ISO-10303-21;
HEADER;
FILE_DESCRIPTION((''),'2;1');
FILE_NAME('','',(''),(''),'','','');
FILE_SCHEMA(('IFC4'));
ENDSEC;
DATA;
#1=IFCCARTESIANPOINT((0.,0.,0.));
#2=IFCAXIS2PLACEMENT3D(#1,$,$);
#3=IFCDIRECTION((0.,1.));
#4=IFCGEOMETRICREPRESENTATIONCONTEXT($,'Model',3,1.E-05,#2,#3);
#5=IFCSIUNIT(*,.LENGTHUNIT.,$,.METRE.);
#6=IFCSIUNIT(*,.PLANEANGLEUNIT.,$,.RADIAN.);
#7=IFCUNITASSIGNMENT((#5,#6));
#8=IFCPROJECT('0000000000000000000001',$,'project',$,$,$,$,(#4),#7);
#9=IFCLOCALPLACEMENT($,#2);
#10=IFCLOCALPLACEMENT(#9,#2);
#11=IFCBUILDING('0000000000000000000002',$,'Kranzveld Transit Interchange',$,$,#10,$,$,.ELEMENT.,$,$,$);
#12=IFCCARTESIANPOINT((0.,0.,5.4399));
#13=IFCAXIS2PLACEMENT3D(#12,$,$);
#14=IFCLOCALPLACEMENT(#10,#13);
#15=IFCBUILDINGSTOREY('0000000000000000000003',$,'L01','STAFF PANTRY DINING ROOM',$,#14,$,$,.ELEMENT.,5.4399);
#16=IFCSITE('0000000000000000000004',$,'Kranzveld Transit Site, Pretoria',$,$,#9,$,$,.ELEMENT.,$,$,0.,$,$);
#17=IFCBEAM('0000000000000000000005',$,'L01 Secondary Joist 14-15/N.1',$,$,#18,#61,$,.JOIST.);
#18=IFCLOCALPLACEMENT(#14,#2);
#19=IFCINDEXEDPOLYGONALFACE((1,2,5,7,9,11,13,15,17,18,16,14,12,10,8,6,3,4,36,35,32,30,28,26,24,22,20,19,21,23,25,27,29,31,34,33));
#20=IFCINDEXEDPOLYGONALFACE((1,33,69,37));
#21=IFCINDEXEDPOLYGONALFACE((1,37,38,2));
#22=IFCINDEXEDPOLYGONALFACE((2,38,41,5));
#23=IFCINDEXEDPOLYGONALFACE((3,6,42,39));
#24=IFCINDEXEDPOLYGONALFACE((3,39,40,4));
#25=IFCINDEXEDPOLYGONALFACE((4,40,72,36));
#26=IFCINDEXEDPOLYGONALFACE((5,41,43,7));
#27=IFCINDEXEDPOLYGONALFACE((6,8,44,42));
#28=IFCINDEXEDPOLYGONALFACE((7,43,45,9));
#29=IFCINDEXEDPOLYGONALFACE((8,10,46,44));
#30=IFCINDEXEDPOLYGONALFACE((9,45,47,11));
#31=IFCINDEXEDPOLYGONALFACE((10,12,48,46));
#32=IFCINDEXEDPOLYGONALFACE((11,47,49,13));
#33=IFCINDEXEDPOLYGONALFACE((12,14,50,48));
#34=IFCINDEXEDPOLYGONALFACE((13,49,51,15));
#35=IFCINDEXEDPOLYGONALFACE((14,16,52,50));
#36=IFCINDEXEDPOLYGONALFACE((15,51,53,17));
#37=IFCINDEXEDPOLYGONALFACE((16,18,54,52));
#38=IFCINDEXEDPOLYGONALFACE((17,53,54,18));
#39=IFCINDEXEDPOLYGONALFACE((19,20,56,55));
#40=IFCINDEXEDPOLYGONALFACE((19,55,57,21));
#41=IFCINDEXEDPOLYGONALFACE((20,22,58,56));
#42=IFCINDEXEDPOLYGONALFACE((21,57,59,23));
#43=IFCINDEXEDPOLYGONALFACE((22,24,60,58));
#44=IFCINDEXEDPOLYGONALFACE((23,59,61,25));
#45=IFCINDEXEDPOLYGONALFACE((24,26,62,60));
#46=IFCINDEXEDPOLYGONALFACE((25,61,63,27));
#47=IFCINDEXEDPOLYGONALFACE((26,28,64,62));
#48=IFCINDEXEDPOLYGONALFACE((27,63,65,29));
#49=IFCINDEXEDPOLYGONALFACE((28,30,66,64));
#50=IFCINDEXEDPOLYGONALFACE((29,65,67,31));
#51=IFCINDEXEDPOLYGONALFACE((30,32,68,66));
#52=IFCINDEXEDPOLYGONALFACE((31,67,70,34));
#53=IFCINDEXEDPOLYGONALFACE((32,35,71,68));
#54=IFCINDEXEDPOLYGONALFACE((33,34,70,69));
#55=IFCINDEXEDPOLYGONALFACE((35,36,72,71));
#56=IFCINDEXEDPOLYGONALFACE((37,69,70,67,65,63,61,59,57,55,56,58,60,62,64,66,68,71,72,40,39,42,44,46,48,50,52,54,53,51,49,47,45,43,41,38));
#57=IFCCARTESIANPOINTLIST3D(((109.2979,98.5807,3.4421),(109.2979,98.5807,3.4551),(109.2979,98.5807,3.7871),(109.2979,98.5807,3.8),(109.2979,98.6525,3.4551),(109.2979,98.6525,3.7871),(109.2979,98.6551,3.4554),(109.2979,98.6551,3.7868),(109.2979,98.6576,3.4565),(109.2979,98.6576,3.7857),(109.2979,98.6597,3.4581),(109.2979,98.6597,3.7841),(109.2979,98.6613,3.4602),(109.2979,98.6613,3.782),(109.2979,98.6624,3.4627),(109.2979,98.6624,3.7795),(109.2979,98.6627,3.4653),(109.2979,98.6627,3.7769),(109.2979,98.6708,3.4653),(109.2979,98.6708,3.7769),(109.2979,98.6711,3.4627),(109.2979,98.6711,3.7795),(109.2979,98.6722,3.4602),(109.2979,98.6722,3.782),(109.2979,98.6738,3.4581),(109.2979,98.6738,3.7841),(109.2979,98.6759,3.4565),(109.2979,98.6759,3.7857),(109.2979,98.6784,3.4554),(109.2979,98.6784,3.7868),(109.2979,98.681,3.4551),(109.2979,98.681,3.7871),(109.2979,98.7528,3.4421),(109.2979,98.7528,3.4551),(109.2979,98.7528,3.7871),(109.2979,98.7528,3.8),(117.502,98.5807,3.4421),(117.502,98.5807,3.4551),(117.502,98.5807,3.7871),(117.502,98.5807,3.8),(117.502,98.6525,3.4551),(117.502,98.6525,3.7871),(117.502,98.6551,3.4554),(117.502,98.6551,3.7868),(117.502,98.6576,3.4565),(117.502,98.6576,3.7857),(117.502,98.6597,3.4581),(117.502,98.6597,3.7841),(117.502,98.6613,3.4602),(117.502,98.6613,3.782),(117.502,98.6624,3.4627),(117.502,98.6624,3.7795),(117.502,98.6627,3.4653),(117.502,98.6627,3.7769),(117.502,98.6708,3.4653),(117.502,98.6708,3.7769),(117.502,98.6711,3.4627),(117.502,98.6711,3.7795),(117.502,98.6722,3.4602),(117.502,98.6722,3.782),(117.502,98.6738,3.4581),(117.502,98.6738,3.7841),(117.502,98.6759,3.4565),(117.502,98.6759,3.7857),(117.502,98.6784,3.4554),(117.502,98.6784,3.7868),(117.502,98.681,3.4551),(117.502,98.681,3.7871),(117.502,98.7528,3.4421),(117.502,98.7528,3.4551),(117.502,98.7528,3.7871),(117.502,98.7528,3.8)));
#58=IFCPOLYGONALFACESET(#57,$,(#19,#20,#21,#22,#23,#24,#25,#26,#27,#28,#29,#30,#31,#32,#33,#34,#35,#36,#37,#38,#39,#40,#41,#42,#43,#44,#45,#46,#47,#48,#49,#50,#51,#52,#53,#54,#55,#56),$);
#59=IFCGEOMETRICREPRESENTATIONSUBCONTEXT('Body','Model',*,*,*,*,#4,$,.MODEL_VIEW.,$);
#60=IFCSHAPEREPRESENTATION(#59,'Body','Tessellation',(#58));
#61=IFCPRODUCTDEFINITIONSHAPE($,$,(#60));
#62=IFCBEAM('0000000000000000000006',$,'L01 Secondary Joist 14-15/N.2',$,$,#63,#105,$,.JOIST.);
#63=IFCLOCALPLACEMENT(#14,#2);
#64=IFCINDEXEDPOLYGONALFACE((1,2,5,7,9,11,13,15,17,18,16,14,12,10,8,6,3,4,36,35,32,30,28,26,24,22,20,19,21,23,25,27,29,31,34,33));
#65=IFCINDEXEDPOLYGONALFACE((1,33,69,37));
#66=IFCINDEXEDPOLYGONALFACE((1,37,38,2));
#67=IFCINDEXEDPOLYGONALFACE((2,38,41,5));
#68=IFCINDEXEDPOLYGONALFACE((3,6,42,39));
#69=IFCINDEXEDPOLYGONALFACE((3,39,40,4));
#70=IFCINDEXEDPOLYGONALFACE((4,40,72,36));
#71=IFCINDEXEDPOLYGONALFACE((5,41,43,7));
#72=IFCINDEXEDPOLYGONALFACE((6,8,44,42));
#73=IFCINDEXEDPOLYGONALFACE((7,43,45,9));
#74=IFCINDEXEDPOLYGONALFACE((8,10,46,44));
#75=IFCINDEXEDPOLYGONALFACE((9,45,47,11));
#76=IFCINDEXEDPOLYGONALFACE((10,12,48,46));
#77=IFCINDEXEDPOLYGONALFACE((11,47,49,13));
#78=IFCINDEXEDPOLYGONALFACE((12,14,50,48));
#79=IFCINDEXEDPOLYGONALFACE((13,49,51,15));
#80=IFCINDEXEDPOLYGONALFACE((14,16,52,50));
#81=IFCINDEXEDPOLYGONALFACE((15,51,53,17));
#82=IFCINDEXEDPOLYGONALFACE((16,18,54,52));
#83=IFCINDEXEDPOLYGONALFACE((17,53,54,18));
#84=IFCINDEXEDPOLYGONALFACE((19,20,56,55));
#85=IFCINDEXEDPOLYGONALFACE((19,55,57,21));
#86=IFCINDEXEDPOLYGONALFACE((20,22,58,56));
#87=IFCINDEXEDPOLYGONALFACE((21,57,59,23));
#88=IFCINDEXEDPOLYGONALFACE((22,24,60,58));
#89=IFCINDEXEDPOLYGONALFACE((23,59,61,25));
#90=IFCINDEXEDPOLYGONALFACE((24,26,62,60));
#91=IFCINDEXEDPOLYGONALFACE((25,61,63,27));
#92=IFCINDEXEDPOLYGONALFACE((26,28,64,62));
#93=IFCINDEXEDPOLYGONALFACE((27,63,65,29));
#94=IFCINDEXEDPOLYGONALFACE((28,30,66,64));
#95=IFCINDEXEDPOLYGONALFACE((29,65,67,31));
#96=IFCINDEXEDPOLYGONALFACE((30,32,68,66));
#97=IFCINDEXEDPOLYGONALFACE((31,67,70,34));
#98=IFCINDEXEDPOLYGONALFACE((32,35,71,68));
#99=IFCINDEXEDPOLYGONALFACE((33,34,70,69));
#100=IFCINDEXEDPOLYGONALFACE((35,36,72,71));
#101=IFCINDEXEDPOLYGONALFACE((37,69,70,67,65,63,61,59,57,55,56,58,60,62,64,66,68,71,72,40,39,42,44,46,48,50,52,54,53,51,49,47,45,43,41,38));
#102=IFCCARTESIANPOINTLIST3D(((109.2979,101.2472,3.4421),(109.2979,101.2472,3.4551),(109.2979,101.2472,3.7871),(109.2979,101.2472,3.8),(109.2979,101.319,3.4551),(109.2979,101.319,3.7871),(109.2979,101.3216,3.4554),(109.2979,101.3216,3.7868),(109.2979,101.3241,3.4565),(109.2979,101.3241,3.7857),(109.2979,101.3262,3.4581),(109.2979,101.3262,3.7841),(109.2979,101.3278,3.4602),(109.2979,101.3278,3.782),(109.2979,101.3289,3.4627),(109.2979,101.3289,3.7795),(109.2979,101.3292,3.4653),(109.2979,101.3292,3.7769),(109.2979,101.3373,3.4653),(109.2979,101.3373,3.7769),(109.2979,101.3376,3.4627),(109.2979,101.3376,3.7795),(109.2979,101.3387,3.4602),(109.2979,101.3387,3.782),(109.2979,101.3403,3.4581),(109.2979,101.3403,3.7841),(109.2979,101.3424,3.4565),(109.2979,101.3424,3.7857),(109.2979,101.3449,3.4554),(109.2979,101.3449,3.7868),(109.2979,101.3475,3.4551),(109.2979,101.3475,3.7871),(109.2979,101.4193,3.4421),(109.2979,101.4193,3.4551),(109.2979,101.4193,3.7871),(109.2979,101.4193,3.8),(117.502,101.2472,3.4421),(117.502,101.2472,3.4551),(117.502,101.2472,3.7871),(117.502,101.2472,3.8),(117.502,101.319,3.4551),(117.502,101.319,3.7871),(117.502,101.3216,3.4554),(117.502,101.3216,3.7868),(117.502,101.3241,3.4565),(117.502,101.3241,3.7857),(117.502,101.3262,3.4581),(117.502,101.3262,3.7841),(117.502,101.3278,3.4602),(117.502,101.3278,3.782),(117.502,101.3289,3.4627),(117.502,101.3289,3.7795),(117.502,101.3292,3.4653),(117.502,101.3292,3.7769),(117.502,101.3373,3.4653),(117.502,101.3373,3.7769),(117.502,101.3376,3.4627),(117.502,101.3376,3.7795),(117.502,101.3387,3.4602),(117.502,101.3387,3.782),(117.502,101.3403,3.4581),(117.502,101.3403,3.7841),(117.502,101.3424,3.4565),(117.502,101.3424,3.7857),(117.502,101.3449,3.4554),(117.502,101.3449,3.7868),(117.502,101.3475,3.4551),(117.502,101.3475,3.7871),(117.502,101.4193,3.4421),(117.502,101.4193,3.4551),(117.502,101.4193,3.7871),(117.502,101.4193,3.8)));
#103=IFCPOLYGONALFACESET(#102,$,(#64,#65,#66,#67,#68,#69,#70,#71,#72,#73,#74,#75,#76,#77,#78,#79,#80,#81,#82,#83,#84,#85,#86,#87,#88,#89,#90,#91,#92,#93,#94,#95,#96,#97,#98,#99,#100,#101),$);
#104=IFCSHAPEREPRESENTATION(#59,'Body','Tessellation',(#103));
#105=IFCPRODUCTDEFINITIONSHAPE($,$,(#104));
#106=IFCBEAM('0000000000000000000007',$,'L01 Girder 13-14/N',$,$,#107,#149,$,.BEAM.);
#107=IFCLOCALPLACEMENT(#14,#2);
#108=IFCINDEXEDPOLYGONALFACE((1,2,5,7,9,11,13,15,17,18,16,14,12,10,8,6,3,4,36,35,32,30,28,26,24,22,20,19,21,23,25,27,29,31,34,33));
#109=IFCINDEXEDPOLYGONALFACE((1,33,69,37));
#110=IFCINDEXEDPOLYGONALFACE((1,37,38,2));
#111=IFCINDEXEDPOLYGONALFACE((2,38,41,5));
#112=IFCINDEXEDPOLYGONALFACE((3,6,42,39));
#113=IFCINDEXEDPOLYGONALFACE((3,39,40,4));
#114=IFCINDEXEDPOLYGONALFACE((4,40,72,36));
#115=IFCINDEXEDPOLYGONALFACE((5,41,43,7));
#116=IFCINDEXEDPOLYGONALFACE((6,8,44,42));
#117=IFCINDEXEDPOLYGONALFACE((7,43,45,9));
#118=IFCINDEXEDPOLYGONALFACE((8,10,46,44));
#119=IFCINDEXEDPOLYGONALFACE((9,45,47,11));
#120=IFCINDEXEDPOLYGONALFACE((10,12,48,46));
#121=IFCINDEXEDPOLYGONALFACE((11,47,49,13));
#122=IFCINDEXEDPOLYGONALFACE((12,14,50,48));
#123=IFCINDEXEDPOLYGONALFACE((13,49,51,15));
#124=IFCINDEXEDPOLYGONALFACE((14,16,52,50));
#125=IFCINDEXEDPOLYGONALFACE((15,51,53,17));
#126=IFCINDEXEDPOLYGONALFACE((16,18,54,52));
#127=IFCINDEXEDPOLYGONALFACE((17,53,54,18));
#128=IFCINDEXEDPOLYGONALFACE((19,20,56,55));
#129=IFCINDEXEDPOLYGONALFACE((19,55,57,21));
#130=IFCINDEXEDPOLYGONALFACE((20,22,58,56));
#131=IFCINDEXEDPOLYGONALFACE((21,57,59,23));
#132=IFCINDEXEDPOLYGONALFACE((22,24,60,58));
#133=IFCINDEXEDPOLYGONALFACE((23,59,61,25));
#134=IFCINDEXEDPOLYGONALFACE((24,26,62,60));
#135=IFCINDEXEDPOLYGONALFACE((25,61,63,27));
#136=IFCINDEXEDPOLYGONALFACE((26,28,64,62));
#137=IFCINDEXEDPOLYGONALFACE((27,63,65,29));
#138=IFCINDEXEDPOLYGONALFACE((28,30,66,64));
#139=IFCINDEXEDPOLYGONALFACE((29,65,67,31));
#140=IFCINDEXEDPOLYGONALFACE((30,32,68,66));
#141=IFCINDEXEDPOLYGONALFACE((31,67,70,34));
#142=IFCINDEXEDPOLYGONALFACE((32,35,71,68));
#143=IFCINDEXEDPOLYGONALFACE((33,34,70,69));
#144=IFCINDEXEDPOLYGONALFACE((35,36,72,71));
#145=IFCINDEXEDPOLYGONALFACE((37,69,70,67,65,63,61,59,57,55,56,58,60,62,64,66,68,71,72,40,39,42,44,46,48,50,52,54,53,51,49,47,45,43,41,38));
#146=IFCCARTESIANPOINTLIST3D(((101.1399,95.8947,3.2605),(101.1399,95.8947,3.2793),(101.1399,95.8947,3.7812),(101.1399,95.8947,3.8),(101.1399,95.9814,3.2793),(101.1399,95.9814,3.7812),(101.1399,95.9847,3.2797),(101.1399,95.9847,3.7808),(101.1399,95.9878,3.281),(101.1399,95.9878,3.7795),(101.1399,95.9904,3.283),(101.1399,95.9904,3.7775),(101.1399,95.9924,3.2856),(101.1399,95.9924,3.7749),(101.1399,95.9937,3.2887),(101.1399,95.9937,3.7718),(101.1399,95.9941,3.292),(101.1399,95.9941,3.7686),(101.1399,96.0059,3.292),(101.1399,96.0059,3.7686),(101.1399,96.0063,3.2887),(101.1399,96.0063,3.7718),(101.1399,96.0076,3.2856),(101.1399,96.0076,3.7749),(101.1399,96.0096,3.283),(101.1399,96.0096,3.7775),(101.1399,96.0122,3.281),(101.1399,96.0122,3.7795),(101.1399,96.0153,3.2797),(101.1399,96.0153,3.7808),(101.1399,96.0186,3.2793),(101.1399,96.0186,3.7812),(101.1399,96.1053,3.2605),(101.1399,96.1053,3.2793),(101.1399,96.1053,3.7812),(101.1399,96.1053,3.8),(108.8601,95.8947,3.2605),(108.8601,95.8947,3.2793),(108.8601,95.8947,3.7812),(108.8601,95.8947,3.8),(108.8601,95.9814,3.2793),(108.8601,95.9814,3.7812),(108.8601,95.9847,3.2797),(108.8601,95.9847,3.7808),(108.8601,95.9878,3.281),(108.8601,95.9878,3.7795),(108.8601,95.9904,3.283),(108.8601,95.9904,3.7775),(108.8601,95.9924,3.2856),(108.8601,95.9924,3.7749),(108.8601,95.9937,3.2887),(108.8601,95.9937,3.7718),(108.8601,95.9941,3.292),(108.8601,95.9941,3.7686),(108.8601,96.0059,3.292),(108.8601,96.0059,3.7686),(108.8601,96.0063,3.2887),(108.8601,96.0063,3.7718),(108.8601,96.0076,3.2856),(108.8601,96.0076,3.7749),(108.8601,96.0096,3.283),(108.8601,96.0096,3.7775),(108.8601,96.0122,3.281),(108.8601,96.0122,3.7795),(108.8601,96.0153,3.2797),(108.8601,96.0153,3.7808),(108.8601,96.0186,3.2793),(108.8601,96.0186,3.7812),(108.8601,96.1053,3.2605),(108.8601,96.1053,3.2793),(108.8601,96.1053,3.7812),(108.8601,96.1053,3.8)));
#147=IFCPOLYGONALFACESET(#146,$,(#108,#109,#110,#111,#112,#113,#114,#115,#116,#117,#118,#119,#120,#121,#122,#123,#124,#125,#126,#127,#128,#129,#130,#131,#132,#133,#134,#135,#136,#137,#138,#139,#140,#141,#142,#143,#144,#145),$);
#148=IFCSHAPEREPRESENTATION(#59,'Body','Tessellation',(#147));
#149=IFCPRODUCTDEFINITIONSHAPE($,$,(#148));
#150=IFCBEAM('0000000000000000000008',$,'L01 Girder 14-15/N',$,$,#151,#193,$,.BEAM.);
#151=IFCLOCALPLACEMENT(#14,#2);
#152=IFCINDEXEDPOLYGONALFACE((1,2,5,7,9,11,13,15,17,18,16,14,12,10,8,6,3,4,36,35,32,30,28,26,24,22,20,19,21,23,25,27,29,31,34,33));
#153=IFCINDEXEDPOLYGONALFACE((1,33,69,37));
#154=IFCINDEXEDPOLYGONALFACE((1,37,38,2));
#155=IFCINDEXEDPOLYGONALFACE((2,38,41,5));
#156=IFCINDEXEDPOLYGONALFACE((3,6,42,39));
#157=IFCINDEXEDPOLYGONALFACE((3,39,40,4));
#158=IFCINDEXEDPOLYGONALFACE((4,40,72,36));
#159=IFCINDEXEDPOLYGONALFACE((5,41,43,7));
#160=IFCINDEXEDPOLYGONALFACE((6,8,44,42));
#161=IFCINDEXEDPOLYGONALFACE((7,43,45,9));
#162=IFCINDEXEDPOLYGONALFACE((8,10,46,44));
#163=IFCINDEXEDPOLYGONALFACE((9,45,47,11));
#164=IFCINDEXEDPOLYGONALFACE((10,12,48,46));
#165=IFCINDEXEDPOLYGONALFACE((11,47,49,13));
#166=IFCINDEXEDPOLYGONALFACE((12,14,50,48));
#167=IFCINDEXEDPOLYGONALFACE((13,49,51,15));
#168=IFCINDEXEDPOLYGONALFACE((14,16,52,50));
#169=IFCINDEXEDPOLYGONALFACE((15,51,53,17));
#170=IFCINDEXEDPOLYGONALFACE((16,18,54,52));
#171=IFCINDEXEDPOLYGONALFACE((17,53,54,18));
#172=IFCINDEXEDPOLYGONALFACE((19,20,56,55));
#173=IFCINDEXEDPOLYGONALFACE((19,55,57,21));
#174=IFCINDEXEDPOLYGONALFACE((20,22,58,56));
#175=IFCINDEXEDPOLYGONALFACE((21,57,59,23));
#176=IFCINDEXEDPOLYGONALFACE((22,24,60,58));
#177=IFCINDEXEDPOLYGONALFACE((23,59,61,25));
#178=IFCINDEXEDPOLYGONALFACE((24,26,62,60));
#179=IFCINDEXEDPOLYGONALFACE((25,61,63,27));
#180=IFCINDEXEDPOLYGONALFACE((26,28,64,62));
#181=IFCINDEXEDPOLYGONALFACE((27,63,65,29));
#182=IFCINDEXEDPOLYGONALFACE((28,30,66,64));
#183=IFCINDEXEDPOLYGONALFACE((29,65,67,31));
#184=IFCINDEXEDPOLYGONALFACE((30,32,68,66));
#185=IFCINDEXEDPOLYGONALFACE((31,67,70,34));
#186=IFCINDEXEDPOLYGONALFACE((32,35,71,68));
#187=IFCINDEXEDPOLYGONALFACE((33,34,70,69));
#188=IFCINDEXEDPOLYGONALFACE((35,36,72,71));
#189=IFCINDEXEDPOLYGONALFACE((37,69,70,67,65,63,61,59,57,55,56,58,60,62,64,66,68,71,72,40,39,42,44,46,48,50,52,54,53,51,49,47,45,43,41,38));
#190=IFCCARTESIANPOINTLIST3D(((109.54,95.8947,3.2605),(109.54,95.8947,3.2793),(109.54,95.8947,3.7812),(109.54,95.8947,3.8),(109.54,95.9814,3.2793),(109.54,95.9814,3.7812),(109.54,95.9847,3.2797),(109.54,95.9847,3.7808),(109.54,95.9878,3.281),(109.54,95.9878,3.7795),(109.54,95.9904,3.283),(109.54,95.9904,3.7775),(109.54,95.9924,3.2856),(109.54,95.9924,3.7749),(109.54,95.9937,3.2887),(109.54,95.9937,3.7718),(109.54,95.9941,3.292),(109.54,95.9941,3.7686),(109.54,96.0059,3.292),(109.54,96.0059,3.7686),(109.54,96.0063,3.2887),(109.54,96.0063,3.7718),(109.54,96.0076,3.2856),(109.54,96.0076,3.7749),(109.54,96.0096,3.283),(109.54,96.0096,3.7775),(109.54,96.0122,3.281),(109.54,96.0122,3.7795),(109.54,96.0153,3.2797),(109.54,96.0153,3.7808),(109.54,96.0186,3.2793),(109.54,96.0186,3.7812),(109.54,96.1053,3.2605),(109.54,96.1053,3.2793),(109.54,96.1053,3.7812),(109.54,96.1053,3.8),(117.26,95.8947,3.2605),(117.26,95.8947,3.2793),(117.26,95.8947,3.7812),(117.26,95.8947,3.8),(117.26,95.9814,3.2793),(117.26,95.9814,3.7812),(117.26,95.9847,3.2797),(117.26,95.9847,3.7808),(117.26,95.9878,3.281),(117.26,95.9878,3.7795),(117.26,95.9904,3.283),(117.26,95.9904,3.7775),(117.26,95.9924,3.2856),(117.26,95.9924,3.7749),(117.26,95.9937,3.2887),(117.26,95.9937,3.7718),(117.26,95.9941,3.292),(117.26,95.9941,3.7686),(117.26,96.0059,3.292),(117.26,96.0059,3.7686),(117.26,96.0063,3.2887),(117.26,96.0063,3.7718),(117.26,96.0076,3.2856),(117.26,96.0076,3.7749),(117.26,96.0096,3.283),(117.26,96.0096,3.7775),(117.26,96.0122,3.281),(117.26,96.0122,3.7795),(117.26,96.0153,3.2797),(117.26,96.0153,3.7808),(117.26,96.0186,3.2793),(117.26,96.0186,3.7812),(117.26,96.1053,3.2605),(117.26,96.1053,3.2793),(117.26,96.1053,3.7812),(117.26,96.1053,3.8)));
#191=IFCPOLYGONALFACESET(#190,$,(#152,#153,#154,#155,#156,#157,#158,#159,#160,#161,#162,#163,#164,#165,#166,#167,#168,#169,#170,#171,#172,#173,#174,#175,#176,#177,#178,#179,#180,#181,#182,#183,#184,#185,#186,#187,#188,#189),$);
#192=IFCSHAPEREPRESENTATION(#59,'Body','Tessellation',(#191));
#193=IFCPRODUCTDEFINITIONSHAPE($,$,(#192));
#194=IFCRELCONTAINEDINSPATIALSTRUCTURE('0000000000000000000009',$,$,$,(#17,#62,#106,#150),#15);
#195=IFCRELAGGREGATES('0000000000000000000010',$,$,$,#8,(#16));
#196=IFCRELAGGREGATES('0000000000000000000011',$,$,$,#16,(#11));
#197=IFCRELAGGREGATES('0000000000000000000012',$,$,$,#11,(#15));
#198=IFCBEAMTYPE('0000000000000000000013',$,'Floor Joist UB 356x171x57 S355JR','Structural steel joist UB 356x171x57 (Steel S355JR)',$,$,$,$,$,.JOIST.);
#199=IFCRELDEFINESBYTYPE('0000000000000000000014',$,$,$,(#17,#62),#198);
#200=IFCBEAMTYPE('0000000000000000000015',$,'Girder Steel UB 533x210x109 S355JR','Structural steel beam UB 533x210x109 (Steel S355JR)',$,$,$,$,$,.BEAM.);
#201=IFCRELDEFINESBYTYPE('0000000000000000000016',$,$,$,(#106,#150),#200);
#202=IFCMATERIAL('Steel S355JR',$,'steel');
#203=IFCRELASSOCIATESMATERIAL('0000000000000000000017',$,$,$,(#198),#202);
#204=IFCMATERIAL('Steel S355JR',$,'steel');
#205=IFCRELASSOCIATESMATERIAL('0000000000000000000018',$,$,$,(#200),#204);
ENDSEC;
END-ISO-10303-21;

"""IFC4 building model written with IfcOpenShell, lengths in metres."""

from ifc_helpers import new_model, si_unit, direction, frame, origin, origin_2d, place, context, subcontext, project, spatial, i_section, extrude, material, material_profile, profile_set, type_object, element, save


model = new_model("IFC4")

# Units and contexts
model_context = context("Model", 3, precision=1e-05, world=origin(), true_north=direction((0.0, 1.0)))
body_context = subcontext(model_context, "Body", "Model", "MODEL_VIEW")
ifc_project = project(units=[si_unit("LENGTHUNIT", "METRE"), si_unit("PLANEANGLEUNIT", "RADIAN")], contexts=[model_context])

# Site, building, storey
site_placement = place(None, origin())
site = spatial("IfcSite", under=ifc_project, at=site_placement, Name="Kranzveld Transit Site, Pretoria", CompositionType="ELEMENT", RefElevation=0.0)
building_placement = place(site_placement, origin())
building = spatial("IfcBuilding", under=site, at=building_placement, Name="Kranzveld Transit Interchange", CompositionType="ELEMENT")
storey_placement = place(building_placement, frame((0.0, 0.0, 5.4399)))
storey = spatial("IfcBuildingStorey", under=building, at=storey_placement, Name="L01", Description="STAFF PANTRY DINING ROOM", CompositionType="ELEMENT", Elevation=5.4399)

# Beams
ifc_material_1 = material(Name="Steel S355JR", Category="steel")
ifc_material_profile_1 = material_profile(ifc_material_1, i_section(OverallWidth=0.1721, OverallDepth=0.3579, WebThickness=0.0081, FlangeThickness=0.0129, FilletRadius=0.0103, at=origin_2d()), Name="UB 356x171x57")
ifc_profile_set_1 = profile_set([ifc_material_profile_1], Name="Steel S355JR")
beam_type_1 = type_object("IfcBeamType", Name="Floor Joist UB 356x171x57 S355JR", Description="Structural steel joist UB 356x171x57 (Steel S355JR)", PredefinedType="JOIST", material=ifc_profile_set_1)
for number, where, z_axis, x_axis, name in (
    (1, (109.2979, 98.6667, 3.6211), (1.0, 0.0, 0.0), (0.0, 1.0, 0.0), "L01 Secondary Joist 14-15/N.1"),
    (2, (109.2979, 101.3333, 3.6211), (1.0, 0.0, 0.0), (0.0, 1.0, 0.0), "L01 Secondary Joist 14-15/N.2"),
):
    element("IfcBeam", number, at=place(storey_placement, frame(where, z_axis=z_axis, x_axis=x_axis)), inside=storey, type_object=beam_type_1, Name=name, PredefinedType="JOIST", context=body_context, shape_type="SweptSolid", body=[
        extrude(i_section(OverallWidth=0.1721, OverallDepth=0.3579, WebThickness=0.0081, FlangeThickness=0.0129, FilletRadius=0.0103, at=origin_2d()), origin(), (0.0, 0.0, 1.0), 8.2041),
    ])
ifc_material_2 = material(Name="Steel S355JR", Category="steel")
ifc_material_profile_2 = material_profile(ifc_material_2, i_section(OverallWidth=0.2107, OverallDepth=0.5396, WebThickness=0.0117, FlangeThickness=0.0188, FilletRadius=0.0127, at=origin_2d()), Name="UB 533x210x109")
ifc_profile_set_2 = profile_set([ifc_material_profile_2], Name="Steel S355JR")
beam_type_2 = type_object("IfcBeamType", Name="Girder Steel UB 533x210x109 S355JR", Description="Structural steel beam UB 533x210x109 (Steel S355JR)", PredefinedType="BEAM", material=ifc_profile_set_2)
beam_1_placement = place(storey_placement, frame((101.1399, 96.0, 3.5303), z_axis=(1.0, 0.0, 0.0), x_axis=(0.0, 1.0, 0.0)))
element("IfcBeam", 3, at=beam_1_placement, inside=storey, type_object=beam_type_2, Name="L01 Girder 13-14/N", PredefinedType="BEAM", context=body_context, shape_type="SweptSolid", body=[
    extrude(i_section(OverallWidth=0.2107, OverallDepth=0.5396, WebThickness=0.0117, FlangeThickness=0.0188, FilletRadius=0.0127, at=origin_2d()), origin(), (0.0, 0.0, 1.0), 7.7202),
])
beam_2_placement = place(storey_placement, frame((109.54, 96.0, 3.5303), z_axis=(1.0, 0.0, 0.0), x_axis=(0.0, 1.0, 0.0)))
element("IfcBeam", 4, at=beam_2_placement, inside=storey, type_object=beam_type_2, Name="L01 Girder 14-15/N", PredefinedType="BEAM", context=body_context, shape_type="SweptSolid", body=[
    extrude(i_section(OverallWidth=0.2107, OverallDepth=0.5396, WebThickness=0.0117, FlangeThickness=0.0188, FilletRadius=0.0127, at=origin_2d()), origin(), (0.0, 0.0, 1.0), 7.72),
])

save(model, "model.ifc")
